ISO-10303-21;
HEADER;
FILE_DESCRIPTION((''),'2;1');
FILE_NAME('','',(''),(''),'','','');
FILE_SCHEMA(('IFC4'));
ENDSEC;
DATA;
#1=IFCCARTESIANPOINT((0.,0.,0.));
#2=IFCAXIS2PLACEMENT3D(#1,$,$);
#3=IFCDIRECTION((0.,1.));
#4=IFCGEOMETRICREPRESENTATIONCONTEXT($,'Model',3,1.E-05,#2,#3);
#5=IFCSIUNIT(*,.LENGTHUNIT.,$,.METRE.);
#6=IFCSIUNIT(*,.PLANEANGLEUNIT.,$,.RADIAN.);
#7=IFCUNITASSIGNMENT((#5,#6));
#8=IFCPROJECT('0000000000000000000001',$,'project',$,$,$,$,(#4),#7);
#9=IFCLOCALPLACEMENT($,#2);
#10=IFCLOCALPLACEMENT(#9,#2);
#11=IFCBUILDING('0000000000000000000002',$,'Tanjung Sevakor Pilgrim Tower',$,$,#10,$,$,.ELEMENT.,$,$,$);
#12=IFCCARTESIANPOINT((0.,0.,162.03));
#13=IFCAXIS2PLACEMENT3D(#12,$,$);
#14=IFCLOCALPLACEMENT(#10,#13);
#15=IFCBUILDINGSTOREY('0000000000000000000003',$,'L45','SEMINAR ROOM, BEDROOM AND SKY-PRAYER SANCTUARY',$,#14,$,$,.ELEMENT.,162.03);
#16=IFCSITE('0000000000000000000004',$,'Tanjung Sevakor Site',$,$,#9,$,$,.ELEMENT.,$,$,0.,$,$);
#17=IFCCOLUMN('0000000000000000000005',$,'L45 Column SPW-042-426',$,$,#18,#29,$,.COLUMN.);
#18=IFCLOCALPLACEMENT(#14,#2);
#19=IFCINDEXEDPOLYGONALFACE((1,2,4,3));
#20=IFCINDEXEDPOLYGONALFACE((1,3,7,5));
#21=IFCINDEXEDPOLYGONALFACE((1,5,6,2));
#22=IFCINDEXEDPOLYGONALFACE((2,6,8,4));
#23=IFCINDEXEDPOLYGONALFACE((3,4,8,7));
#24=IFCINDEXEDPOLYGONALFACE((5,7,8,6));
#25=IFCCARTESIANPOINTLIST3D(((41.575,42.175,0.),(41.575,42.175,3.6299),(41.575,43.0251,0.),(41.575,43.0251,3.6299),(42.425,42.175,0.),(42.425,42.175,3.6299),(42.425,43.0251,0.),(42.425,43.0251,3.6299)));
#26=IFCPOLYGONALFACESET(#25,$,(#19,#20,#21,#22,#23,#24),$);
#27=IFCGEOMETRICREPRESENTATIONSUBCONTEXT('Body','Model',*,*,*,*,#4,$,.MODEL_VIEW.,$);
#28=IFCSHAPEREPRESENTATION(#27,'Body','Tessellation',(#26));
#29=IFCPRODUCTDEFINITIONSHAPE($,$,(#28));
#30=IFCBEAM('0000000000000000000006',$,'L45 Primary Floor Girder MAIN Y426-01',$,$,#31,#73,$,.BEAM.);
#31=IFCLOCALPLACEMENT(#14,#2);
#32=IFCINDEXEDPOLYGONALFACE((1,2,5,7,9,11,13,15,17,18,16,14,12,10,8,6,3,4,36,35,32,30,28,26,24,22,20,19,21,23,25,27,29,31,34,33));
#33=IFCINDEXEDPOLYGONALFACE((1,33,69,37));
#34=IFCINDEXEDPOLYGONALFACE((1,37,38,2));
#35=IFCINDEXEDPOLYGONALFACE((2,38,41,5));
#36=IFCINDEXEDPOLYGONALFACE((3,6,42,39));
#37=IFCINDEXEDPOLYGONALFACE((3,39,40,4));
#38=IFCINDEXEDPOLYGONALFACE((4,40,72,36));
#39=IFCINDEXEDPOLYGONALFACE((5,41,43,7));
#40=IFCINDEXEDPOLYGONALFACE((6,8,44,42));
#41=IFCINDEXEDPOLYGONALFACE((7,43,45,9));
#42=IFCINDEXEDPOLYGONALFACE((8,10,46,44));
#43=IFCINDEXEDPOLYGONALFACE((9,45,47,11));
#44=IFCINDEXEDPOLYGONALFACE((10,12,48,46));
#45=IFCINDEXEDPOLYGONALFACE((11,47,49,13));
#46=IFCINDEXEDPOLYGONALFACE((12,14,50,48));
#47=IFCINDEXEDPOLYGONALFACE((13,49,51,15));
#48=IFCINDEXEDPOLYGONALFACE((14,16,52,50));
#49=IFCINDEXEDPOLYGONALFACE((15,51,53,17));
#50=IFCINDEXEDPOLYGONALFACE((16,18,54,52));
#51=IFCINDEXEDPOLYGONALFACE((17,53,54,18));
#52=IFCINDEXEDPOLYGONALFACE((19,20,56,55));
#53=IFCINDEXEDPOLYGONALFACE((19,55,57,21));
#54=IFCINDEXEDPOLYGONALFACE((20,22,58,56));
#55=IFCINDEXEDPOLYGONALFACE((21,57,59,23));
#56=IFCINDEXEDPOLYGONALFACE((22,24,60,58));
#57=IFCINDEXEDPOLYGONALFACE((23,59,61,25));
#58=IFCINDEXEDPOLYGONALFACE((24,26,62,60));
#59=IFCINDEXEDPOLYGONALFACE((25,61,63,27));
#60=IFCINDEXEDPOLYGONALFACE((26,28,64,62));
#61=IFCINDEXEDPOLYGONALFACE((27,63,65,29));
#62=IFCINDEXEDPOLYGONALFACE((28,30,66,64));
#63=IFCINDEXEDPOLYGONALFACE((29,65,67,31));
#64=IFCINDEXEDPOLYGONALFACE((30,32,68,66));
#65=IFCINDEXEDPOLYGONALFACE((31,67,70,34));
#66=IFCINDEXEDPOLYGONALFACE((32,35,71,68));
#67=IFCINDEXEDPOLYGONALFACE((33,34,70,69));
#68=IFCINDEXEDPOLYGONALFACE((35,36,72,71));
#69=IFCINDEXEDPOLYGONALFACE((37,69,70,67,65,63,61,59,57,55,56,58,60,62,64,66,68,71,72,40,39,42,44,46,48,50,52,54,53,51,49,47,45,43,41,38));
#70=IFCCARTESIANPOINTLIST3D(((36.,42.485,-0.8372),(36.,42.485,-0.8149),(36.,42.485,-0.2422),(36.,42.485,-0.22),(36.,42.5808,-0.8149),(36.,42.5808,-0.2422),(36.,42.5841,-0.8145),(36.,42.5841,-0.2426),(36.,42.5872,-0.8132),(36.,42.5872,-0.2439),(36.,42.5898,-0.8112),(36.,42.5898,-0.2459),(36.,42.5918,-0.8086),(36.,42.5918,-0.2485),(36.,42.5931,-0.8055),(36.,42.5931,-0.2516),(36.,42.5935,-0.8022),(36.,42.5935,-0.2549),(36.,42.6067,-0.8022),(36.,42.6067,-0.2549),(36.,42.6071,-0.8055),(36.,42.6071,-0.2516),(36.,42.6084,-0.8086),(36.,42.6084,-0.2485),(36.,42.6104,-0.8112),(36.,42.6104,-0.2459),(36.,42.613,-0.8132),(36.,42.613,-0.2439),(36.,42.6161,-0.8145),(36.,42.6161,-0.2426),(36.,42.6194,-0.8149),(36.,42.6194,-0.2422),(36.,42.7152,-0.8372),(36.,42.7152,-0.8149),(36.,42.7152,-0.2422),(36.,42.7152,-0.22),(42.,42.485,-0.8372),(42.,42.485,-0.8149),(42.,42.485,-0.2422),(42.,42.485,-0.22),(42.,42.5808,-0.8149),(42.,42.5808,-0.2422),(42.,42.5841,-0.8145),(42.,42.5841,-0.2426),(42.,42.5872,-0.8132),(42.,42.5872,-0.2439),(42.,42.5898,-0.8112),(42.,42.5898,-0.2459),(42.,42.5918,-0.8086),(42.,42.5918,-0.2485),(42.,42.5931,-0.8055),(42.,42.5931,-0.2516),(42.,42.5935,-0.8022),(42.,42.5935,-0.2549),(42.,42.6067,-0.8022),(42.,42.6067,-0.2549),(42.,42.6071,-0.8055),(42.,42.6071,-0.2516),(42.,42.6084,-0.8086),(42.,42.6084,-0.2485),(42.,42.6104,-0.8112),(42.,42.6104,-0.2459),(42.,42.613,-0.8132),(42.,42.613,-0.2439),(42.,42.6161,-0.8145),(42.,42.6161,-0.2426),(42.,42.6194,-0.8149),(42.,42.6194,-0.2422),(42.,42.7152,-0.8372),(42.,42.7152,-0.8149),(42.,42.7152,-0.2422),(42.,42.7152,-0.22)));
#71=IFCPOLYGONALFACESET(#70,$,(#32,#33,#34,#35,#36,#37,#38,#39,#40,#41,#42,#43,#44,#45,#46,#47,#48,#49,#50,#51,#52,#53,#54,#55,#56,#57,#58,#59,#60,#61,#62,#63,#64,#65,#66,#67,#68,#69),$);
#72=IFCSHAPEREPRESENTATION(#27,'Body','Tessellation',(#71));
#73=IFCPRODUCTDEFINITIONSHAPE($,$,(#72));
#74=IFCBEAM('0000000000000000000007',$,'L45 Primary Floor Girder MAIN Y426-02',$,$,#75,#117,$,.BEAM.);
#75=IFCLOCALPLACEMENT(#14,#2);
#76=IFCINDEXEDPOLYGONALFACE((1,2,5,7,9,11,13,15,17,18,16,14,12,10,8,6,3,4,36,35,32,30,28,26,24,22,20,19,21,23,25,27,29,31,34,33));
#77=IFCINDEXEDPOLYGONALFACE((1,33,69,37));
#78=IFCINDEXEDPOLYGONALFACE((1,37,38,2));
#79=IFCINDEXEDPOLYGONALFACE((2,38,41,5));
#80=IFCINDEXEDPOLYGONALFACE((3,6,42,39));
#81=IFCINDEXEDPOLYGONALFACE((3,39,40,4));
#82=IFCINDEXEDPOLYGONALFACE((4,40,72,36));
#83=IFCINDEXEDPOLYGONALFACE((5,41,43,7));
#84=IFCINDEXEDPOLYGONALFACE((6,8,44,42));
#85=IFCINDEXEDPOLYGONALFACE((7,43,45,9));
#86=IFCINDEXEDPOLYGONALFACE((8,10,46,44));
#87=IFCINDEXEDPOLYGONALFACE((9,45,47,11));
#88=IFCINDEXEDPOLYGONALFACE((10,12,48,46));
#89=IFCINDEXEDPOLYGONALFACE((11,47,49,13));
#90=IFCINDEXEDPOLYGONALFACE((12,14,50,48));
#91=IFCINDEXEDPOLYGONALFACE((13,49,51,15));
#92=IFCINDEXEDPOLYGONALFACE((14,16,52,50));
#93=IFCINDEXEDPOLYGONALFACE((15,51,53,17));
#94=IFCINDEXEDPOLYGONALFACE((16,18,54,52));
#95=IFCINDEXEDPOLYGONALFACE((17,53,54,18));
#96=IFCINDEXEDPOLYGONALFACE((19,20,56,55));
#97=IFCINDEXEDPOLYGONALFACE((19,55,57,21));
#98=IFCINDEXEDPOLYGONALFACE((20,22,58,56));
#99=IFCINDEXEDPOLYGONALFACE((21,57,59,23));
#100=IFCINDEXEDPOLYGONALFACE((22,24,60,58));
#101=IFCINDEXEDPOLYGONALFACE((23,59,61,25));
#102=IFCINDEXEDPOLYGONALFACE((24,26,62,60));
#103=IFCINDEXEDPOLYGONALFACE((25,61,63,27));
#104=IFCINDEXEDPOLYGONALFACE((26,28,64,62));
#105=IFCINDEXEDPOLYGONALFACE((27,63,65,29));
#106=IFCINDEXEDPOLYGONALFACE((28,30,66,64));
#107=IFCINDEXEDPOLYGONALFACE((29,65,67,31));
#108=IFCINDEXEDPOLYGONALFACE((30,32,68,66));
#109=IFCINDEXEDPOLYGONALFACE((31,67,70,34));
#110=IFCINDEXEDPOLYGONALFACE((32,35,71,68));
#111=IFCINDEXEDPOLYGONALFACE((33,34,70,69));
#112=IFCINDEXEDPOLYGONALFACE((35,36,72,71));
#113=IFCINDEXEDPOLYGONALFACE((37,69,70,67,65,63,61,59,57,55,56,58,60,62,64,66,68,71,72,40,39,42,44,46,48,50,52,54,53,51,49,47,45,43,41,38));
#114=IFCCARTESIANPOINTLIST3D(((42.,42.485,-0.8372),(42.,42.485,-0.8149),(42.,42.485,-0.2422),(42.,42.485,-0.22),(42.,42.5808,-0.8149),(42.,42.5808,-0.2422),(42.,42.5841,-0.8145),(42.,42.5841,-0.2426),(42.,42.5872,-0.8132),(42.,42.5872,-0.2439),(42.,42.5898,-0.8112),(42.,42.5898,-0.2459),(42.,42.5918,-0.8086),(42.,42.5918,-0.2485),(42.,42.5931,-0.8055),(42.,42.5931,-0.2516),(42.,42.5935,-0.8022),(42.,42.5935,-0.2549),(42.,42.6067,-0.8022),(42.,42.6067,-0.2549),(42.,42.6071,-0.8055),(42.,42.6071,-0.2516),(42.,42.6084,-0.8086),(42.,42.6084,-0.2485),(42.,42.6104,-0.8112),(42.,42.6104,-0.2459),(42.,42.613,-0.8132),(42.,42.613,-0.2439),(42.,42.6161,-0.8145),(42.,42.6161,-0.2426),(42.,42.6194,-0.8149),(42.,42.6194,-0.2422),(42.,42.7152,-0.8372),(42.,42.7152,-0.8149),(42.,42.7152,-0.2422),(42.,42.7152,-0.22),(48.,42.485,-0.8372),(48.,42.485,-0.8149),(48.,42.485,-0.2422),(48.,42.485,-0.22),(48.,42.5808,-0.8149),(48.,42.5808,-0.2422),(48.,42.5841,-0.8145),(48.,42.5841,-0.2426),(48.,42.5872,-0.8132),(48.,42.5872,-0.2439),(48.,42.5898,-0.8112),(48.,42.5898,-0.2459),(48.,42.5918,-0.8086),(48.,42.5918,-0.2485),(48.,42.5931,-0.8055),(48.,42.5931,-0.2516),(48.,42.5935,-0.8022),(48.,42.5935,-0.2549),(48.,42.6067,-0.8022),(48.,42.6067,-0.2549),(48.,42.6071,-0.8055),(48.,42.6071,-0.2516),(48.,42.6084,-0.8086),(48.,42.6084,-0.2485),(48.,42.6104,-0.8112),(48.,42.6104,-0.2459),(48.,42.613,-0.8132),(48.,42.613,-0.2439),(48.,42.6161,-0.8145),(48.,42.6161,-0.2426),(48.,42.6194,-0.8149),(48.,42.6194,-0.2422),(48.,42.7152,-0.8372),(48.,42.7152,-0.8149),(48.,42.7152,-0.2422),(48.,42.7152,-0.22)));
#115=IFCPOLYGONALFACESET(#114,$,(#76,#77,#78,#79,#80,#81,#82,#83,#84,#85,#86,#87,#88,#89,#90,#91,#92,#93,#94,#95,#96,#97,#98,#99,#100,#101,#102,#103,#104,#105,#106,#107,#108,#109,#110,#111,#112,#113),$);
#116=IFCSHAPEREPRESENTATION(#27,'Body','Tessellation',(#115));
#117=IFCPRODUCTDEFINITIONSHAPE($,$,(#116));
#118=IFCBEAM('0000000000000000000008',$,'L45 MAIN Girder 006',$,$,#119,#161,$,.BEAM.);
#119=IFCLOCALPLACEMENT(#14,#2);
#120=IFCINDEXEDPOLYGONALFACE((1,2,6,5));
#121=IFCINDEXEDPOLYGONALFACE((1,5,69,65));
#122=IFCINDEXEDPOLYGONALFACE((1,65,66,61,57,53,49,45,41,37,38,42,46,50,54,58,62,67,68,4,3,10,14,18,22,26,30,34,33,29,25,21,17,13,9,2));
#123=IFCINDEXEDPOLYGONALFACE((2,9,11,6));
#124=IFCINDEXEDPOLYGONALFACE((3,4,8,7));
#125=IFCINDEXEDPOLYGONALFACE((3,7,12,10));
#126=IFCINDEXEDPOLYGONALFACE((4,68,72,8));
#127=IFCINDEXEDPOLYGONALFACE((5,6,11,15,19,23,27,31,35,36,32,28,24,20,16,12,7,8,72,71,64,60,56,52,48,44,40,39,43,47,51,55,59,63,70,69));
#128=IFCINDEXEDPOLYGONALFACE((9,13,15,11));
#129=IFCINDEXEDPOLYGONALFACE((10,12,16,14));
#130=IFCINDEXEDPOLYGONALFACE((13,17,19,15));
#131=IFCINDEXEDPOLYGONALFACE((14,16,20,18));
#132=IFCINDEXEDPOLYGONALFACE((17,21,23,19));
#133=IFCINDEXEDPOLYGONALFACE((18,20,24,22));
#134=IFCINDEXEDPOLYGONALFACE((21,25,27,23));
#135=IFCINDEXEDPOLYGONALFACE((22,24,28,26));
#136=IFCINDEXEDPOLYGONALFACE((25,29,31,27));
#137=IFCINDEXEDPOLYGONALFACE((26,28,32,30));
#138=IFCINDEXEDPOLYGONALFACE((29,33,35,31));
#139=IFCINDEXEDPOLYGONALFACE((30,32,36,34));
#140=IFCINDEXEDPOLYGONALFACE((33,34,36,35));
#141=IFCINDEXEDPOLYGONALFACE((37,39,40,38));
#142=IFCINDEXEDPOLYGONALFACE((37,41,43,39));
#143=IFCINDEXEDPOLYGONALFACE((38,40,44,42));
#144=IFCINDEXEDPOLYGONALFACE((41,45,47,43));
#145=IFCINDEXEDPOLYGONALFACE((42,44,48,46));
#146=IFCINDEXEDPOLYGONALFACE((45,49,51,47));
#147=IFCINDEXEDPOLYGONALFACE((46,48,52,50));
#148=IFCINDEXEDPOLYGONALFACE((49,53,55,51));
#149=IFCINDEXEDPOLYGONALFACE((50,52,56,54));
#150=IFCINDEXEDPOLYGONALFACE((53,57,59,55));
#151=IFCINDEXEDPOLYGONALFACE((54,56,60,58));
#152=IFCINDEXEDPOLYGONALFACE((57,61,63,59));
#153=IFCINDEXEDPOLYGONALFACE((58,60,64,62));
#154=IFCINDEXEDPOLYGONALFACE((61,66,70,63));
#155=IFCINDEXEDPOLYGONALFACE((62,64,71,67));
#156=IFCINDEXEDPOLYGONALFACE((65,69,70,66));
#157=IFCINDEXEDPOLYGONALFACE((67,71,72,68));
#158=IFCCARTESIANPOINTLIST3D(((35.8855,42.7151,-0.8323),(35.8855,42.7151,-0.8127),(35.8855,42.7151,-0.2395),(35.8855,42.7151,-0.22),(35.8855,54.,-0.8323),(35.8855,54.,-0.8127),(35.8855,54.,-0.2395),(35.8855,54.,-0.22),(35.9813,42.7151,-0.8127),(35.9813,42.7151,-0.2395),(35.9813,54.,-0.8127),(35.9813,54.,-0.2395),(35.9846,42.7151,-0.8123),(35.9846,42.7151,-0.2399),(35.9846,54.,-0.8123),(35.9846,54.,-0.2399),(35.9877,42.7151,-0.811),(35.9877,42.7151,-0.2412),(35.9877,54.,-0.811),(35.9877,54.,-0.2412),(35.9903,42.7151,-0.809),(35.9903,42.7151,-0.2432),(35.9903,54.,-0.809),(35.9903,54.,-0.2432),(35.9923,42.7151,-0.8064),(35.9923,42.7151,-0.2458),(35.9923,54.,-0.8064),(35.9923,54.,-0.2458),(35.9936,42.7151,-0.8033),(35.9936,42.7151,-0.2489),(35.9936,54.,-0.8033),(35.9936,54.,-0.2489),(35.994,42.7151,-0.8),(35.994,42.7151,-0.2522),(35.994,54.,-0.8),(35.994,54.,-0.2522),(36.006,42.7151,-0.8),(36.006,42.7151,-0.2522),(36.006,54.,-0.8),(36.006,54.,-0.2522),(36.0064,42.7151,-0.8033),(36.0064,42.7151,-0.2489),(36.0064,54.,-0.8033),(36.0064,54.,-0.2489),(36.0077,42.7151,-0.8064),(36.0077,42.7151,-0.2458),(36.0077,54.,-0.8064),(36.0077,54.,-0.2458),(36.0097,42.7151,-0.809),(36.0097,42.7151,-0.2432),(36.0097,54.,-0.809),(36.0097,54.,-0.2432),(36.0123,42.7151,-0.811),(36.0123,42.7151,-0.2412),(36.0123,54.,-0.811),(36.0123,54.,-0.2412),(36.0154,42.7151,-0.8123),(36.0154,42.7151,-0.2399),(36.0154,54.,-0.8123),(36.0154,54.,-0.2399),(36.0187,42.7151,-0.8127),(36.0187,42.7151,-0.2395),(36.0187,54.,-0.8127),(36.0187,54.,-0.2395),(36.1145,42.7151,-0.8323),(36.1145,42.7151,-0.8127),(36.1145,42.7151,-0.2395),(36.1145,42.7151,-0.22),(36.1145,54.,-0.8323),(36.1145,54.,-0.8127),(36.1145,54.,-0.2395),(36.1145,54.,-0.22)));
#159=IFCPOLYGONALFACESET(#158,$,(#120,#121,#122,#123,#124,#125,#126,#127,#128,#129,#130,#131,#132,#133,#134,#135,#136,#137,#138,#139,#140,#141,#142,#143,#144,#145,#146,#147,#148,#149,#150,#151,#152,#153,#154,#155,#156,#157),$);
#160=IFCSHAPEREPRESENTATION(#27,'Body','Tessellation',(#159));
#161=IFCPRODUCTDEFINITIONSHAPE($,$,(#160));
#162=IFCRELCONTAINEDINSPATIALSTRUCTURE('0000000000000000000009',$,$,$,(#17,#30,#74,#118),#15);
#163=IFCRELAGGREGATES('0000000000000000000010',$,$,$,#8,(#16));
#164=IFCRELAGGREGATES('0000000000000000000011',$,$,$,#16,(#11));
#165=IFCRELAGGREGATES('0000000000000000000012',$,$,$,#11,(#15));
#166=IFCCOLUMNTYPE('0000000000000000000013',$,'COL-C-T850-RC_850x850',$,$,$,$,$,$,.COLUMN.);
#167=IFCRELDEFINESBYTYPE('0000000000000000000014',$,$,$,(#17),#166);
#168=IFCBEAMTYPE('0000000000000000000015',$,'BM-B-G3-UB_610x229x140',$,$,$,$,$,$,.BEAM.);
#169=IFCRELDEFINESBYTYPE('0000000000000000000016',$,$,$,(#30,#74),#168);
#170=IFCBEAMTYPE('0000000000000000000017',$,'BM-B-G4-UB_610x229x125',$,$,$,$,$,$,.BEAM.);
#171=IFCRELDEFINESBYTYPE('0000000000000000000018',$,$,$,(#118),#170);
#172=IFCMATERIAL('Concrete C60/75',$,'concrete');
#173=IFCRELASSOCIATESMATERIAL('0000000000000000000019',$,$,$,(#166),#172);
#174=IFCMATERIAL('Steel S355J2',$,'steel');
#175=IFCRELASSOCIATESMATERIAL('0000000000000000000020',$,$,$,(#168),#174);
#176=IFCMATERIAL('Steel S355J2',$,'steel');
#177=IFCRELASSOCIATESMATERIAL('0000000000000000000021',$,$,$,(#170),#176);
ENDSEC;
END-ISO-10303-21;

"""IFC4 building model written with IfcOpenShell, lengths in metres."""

from ifc_helpers import new_model, si_unit, direction, frame, origin, origin_2d, place, context, subcontext, project, spatial, rectangle, i_section, extrude, material, material_profile, profile_set, type_object, element, save


model = new_model("IFC4")

# Units and contexts
model_context = context("Model", 3, precision=1e-05, world=origin(), true_north=direction((0.0, 1.0)))
body_context = subcontext(model_context, "Body", "Model", "MODEL_VIEW")
ifc_project = project(units=[si_unit("LENGTHUNIT", "METRE"), si_unit("PLANEANGLEUNIT", "RADIAN")], contexts=[model_context])

# Site, building, storey
site_placement = place(None, origin())
site = spatial("IfcSite", under=ifc_project, at=site_placement, Name="Tanjung Sevakor Site", CompositionType="ELEMENT", RefElevation=0.0)
building_placement = place(site_placement, origin())
building = spatial("IfcBuilding", under=site, at=building_placement, Name="Tanjung Sevakor Pilgrim Tower", CompositionType="ELEMENT")
storey_placement = place(building_placement, frame((0.0, 0.0, 162.03)))
storey = spatial("IfcBuildingStorey", under=building, at=storey_placement, Name="L45", Description="SEMINAR ROOM, BEDROOM AND SKY-PRAYER SANCTUARY", CompositionType="ELEMENT", Elevation=162.03)

# Column
ifc_material_1 = material(Name="Concrete C60/75", Category="concrete")
ifc_material_profile_1 = material_profile(ifc_material_1, rectangle(XDim=0.8501, YDim=0.8501, at=origin_2d()))
ifc_profile_set_1 = profile_set([ifc_material_profile_1], Name="Concrete C60/75")
column_type = type_object("IfcColumnType", Name="COL-C-T850-RC_850x850", PredefinedType="COLUMN", material=ifc_profile_set_1)
column_placement = place(storey_placement, frame((42.0, 42.6001, 0.0), z_axis=(0.0, 0.0, 1.0), x_axis=(1.0, 0.0, 0.0)))
element("IfcColumn", 1, at=column_placement, inside=storey, type_object=column_type, Name="L45 Column SPW-042-426", PredefinedType="COLUMN", context=body_context, shape_type="SweptSolid", body=[
    extrude(rectangle(XDim=0.8501, YDim=0.8501, at=origin_2d()), origin(), (0.0, 0.0, 1.0), 3.6299),
])

# Beams
ifc_material_2 = material(Name="Steel S355J2", Category="steel")
ifc_material_profile_2 = material_profile(ifc_material_2, i_section(OverallWidth=0.2302, OverallDepth=0.6172, WebThickness=0.0132, FlangeThickness=0.0222, FilletRadius=0.0127, at=origin_2d()))
ifc_profile_set_2 = profile_set([ifc_material_profile_2], Name="Steel S355J2")
beam_type_1 = type_object("IfcBeamType", Name="BM-B-G3-UB_610x229x140", PredefinedType="BEAM", material=ifc_profile_set_2)
for number, where, z_axis, x_axis, name in (
    (2, (36.0, 42.6001, -0.5286), (1.0, 0.0, 0.0), (0.0, 1.0, 0.0), "L45 Primary Floor Girder MAIN Y426-01"),
    (3, (42.0, 42.6001, -0.5286), (1.0, 0.0, 0.0), (0.0, 1.0, 0.0), "L45 Primary Floor Girder MAIN Y426-02"),
):
    element("IfcBeam", number, at=place(storey_placement, frame(where, z_axis=z_axis, x_axis=x_axis)), inside=storey, type_object=beam_type_1, Name=name, PredefinedType="BEAM", context=body_context, shape_type="SweptSolid", body=[
        extrude(i_section(OverallWidth=0.2302, OverallDepth=0.6172, WebThickness=0.0132, FlangeThickness=0.0222, FilletRadius=0.0127, at=origin_2d()), origin(), (0.0, 0.0, 1.0), 6.0),
    ])
ifc_material_3 = material(Name="Steel S355J2", Category="steel")
ifc_material_profile_3 = material_profile(ifc_material_3, i_section(OverallWidth=0.229, OverallDepth=0.6123, WebThickness=0.012, FlangeThickness=0.0195, FilletRadius=0.0127, at=origin_2d()))
ifc_profile_set_3 = profile_set([ifc_material_profile_3], Name="Steel S355J2")
beam_type_2 = type_object("IfcBeamType", Name="BM-B-G4-UB_610x229x125", PredefinedType="BEAM", material=ifc_profile_set_3)
beam_1_placement = place(storey_placement, frame((36.0, 42.7151, -0.5261), z_axis=(0.0, 1.0, 0.0), x_axis=(-1.0, 0.0, 0.0)))
element("IfcBeam", 4, at=beam_1_placement, inside=storey, type_object=beam_type_2, Name="L45 MAIN Girder 006", PredefinedType="BEAM", context=body_context, shape_type="SweptSolid", body=[
    extrude(i_section(OverallWidth=0.229, OverallDepth=0.6123, WebThickness=0.012, FlangeThickness=0.0195, FilletRadius=0.0127, at=origin_2d()), origin(), (0.0, 0.0, 1.0), 11.2849),
])

save(model, "model.ifc")
